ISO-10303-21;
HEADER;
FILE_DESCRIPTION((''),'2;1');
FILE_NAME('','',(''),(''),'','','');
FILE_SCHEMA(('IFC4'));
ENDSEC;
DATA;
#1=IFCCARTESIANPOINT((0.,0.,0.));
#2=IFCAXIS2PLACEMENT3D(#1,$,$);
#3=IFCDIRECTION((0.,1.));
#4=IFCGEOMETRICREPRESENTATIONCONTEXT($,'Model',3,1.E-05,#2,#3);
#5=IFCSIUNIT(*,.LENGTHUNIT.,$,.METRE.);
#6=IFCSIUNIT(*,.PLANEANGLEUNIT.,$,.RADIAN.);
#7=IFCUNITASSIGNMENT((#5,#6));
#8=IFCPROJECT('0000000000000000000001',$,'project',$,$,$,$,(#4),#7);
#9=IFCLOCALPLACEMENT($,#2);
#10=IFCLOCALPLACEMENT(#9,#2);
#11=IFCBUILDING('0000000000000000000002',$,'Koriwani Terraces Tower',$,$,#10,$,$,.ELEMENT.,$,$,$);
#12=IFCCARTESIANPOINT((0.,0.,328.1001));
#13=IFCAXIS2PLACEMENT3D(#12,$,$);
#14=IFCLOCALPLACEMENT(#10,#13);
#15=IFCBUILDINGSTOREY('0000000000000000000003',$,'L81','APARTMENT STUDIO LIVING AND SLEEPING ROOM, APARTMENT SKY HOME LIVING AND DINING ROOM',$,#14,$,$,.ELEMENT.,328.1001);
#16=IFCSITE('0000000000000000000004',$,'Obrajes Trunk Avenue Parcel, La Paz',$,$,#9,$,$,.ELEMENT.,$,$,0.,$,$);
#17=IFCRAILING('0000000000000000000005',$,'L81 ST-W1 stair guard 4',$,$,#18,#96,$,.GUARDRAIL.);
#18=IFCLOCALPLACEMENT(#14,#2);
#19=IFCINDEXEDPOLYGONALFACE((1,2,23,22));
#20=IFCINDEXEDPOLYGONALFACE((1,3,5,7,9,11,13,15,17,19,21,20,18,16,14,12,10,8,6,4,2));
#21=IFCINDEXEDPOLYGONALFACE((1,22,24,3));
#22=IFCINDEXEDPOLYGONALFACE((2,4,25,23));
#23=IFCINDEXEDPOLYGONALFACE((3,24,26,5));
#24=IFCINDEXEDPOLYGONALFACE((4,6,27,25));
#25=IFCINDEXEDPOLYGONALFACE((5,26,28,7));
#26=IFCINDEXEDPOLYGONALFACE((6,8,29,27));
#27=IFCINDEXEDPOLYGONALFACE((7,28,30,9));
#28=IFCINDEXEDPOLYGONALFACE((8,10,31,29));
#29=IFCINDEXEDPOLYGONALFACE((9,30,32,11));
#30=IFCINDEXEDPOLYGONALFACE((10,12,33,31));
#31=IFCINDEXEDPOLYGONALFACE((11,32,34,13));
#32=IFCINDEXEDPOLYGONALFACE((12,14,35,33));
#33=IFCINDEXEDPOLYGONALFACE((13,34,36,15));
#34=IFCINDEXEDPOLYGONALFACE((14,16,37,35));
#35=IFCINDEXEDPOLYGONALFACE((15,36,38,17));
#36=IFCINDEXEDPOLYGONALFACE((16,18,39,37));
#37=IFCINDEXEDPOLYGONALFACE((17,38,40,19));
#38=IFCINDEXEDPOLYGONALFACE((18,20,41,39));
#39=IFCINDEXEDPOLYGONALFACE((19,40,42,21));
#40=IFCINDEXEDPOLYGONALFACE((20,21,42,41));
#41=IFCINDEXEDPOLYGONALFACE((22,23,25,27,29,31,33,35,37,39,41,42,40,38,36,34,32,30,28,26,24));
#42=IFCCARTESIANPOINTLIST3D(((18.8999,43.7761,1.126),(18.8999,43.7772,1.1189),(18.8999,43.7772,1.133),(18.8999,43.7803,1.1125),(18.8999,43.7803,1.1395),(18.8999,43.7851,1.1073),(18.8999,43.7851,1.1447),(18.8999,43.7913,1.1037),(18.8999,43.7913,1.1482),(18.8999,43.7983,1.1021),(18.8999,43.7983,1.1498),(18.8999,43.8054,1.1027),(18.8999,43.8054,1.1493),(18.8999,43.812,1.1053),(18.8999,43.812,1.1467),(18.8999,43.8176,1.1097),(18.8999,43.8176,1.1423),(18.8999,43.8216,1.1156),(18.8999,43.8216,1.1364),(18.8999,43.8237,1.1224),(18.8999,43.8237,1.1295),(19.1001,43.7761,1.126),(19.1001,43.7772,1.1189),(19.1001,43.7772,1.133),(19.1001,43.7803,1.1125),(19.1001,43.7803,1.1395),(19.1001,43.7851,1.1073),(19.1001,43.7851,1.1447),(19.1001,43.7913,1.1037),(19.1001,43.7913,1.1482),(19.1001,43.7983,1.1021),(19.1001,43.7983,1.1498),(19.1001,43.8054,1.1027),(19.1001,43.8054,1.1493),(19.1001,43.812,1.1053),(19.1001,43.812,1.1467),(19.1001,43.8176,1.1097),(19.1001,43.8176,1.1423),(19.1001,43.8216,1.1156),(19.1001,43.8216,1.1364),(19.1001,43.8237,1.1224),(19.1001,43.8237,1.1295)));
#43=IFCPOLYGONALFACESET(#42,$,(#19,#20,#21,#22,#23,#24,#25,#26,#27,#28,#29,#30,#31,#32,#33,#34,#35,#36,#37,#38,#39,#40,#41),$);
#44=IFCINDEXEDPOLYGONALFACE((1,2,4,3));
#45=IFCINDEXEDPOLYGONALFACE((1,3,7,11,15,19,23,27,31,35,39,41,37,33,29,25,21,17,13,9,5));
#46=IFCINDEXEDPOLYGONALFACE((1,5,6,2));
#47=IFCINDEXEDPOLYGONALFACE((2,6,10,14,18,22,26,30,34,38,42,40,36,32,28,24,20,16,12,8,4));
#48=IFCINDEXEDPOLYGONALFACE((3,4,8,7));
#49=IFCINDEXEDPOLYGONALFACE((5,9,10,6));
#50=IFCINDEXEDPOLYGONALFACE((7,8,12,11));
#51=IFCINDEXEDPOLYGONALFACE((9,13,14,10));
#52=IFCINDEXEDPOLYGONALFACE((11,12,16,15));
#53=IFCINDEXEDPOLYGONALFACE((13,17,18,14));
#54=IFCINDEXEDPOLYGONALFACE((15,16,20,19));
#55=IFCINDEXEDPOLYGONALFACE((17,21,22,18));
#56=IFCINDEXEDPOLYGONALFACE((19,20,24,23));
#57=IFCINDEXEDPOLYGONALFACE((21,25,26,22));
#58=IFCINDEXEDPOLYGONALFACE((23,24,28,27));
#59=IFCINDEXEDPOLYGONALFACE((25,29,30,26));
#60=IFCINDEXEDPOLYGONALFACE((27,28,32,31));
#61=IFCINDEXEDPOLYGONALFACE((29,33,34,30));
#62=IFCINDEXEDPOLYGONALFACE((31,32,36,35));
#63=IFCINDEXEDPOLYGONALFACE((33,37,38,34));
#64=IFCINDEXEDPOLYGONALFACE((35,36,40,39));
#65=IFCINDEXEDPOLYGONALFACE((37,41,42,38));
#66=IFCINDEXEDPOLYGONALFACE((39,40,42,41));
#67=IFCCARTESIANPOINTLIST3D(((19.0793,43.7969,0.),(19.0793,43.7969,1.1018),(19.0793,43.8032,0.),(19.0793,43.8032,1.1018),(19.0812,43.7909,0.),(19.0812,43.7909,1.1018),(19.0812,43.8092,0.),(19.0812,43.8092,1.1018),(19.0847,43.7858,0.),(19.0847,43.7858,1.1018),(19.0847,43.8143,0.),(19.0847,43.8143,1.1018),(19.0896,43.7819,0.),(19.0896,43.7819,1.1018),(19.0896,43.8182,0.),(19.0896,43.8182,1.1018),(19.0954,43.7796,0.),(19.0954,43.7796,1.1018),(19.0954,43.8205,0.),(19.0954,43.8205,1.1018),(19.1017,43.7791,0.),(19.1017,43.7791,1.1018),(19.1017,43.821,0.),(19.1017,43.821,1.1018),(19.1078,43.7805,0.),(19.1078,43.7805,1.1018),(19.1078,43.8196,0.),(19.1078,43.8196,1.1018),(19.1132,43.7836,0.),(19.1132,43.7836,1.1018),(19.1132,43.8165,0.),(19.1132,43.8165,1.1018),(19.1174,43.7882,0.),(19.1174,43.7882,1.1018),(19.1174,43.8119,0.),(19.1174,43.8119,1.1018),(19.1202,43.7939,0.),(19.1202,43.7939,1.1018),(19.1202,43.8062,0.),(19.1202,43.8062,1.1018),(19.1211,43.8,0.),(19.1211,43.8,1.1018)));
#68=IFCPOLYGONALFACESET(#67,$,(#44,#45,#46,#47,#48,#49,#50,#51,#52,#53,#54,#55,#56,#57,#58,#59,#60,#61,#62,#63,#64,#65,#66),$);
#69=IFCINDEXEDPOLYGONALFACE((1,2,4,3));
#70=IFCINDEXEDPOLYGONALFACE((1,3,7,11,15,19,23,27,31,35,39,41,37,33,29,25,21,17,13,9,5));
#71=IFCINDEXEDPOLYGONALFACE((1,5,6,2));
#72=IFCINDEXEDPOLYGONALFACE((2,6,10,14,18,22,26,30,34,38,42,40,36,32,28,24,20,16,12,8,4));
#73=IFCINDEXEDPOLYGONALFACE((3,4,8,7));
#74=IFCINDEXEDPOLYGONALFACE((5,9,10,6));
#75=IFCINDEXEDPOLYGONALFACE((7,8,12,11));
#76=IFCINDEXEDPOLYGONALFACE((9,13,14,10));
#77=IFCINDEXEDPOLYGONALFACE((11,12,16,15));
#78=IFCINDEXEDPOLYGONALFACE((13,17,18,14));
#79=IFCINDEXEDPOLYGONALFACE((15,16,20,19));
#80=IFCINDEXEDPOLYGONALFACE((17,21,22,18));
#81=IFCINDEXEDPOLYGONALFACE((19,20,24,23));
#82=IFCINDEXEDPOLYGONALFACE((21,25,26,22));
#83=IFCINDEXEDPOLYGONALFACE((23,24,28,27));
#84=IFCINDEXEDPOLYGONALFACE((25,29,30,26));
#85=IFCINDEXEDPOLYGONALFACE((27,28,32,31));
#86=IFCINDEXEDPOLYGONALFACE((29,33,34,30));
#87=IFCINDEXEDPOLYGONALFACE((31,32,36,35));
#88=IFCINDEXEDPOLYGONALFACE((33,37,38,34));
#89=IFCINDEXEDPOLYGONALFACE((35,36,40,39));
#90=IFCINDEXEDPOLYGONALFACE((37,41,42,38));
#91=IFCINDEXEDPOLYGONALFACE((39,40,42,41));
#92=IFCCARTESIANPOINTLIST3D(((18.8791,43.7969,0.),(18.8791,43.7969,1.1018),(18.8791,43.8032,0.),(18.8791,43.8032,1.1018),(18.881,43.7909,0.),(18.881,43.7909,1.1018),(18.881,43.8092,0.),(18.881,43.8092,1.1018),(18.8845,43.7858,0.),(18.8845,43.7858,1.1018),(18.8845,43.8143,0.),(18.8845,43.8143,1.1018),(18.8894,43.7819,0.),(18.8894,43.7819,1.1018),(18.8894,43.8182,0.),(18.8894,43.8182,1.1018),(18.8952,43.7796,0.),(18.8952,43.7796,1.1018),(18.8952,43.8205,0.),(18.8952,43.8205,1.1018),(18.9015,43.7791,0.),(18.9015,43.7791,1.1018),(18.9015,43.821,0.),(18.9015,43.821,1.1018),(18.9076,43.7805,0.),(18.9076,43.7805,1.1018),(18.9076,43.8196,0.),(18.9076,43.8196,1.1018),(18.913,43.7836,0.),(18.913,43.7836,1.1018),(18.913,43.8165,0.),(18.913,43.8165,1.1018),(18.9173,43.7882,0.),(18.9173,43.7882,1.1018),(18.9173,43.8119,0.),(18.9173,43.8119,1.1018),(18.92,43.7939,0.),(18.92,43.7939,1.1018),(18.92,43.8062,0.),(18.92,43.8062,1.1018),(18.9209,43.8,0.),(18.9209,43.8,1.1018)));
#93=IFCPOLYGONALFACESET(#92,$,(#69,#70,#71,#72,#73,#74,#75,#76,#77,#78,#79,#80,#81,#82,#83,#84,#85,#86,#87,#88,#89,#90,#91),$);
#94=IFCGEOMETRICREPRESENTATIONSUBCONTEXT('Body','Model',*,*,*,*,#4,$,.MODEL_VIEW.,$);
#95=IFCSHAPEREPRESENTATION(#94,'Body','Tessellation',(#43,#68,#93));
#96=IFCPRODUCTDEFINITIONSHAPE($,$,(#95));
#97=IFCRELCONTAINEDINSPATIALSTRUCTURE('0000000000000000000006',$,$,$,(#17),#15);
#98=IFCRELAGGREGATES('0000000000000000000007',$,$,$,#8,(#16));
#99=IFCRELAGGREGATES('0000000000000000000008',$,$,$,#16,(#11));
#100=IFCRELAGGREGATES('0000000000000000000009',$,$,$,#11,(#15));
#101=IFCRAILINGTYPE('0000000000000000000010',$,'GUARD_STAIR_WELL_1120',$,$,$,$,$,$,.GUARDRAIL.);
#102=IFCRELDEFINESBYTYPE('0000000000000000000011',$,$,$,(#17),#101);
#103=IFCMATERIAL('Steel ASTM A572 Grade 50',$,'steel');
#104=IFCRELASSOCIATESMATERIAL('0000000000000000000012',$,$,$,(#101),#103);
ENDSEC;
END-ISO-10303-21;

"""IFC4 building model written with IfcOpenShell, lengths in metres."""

from ifc_helpers import new_model, si_unit, direction, frame, origin, origin_2d, place, context, subcontext, project, spatial, circle, extrude, material, type_object, element, save


model = new_model("IFC4")

# Units and contexts
model_context = context("Model", 3, precision=1e-05, world=origin(), true_north=direction((0.0, 1.0)))
body_context = subcontext(model_context, "Body", "Model", "MODEL_VIEW")
ifc_project = project(units=[si_unit("LENGTHUNIT", "METRE"), si_unit("PLANEANGLEUNIT", "RADIAN")], contexts=[model_context])

# Site, building, storey
site_placement = place(None, origin())
site = spatial("IfcSite", under=ifc_project, at=site_placement, Name="Obrajes Trunk Avenue Parcel, La Paz", CompositionType="ELEMENT", RefElevation=0.0)
building_placement = place(site_placement, origin())
building = spatial("IfcBuilding", under=site, at=building_placement, Name="Koriwani Terraces Tower", CompositionType="ELEMENT")
storey_placement = place(building_placement, frame((0.0, 0.0, 328.1001)))
storey = spatial("IfcBuildingStorey", under=building, at=storey_placement, Name="L81", Description="APARTMENT STUDIO LIVING AND SLEEPING ROOM, APARTMENT SKY HOME LIVING AND DINING ROOM", CompositionType="ELEMENT", Elevation=328.1001)

# Shared definitions
ifc_material_1 = material(Name="Steel ASTM A572 Grade 50", Category="steel")

# Railing
railing_type_1 = type_object("IfcRailingType", Name="GUARD_STAIR_WELL_1120", PredefinedType="GUARDRAIL", material=ifc_material_1)
railing_1_placement = place(storey_placement, frame((19.1001, 43.8, 0.0)))
element("IfcRailing", 1, at=railing_1_placement, inside=storey, type_object=railing_type_1, Name="L81 ST-W1 stair guard 4", PredefinedType="GUARDRAIL", context=body_context, shape_type="SweptSolid", body=[
    extrude(circle(Radius=0.0239, at=origin_2d()), frame((0.0, 0.0, 1.126), z_axis=(-1.0, 0.0, 0.0), x_axis=(0.0, -1.0, 0.0)), (0.0, 0.0, 1.0), 0.2002),
    extrude(circle(Radius=0.021, at=origin_2d()), origin(), (0.0, 0.0, 1.0), 1.1018),
    extrude(circle(Radius=0.021, at=origin_2d()), frame((-0.2002, 0.0, 0.0)), (0.0, 0.0, 1.0), 1.1018),
])

save(model, "model.ifc")
